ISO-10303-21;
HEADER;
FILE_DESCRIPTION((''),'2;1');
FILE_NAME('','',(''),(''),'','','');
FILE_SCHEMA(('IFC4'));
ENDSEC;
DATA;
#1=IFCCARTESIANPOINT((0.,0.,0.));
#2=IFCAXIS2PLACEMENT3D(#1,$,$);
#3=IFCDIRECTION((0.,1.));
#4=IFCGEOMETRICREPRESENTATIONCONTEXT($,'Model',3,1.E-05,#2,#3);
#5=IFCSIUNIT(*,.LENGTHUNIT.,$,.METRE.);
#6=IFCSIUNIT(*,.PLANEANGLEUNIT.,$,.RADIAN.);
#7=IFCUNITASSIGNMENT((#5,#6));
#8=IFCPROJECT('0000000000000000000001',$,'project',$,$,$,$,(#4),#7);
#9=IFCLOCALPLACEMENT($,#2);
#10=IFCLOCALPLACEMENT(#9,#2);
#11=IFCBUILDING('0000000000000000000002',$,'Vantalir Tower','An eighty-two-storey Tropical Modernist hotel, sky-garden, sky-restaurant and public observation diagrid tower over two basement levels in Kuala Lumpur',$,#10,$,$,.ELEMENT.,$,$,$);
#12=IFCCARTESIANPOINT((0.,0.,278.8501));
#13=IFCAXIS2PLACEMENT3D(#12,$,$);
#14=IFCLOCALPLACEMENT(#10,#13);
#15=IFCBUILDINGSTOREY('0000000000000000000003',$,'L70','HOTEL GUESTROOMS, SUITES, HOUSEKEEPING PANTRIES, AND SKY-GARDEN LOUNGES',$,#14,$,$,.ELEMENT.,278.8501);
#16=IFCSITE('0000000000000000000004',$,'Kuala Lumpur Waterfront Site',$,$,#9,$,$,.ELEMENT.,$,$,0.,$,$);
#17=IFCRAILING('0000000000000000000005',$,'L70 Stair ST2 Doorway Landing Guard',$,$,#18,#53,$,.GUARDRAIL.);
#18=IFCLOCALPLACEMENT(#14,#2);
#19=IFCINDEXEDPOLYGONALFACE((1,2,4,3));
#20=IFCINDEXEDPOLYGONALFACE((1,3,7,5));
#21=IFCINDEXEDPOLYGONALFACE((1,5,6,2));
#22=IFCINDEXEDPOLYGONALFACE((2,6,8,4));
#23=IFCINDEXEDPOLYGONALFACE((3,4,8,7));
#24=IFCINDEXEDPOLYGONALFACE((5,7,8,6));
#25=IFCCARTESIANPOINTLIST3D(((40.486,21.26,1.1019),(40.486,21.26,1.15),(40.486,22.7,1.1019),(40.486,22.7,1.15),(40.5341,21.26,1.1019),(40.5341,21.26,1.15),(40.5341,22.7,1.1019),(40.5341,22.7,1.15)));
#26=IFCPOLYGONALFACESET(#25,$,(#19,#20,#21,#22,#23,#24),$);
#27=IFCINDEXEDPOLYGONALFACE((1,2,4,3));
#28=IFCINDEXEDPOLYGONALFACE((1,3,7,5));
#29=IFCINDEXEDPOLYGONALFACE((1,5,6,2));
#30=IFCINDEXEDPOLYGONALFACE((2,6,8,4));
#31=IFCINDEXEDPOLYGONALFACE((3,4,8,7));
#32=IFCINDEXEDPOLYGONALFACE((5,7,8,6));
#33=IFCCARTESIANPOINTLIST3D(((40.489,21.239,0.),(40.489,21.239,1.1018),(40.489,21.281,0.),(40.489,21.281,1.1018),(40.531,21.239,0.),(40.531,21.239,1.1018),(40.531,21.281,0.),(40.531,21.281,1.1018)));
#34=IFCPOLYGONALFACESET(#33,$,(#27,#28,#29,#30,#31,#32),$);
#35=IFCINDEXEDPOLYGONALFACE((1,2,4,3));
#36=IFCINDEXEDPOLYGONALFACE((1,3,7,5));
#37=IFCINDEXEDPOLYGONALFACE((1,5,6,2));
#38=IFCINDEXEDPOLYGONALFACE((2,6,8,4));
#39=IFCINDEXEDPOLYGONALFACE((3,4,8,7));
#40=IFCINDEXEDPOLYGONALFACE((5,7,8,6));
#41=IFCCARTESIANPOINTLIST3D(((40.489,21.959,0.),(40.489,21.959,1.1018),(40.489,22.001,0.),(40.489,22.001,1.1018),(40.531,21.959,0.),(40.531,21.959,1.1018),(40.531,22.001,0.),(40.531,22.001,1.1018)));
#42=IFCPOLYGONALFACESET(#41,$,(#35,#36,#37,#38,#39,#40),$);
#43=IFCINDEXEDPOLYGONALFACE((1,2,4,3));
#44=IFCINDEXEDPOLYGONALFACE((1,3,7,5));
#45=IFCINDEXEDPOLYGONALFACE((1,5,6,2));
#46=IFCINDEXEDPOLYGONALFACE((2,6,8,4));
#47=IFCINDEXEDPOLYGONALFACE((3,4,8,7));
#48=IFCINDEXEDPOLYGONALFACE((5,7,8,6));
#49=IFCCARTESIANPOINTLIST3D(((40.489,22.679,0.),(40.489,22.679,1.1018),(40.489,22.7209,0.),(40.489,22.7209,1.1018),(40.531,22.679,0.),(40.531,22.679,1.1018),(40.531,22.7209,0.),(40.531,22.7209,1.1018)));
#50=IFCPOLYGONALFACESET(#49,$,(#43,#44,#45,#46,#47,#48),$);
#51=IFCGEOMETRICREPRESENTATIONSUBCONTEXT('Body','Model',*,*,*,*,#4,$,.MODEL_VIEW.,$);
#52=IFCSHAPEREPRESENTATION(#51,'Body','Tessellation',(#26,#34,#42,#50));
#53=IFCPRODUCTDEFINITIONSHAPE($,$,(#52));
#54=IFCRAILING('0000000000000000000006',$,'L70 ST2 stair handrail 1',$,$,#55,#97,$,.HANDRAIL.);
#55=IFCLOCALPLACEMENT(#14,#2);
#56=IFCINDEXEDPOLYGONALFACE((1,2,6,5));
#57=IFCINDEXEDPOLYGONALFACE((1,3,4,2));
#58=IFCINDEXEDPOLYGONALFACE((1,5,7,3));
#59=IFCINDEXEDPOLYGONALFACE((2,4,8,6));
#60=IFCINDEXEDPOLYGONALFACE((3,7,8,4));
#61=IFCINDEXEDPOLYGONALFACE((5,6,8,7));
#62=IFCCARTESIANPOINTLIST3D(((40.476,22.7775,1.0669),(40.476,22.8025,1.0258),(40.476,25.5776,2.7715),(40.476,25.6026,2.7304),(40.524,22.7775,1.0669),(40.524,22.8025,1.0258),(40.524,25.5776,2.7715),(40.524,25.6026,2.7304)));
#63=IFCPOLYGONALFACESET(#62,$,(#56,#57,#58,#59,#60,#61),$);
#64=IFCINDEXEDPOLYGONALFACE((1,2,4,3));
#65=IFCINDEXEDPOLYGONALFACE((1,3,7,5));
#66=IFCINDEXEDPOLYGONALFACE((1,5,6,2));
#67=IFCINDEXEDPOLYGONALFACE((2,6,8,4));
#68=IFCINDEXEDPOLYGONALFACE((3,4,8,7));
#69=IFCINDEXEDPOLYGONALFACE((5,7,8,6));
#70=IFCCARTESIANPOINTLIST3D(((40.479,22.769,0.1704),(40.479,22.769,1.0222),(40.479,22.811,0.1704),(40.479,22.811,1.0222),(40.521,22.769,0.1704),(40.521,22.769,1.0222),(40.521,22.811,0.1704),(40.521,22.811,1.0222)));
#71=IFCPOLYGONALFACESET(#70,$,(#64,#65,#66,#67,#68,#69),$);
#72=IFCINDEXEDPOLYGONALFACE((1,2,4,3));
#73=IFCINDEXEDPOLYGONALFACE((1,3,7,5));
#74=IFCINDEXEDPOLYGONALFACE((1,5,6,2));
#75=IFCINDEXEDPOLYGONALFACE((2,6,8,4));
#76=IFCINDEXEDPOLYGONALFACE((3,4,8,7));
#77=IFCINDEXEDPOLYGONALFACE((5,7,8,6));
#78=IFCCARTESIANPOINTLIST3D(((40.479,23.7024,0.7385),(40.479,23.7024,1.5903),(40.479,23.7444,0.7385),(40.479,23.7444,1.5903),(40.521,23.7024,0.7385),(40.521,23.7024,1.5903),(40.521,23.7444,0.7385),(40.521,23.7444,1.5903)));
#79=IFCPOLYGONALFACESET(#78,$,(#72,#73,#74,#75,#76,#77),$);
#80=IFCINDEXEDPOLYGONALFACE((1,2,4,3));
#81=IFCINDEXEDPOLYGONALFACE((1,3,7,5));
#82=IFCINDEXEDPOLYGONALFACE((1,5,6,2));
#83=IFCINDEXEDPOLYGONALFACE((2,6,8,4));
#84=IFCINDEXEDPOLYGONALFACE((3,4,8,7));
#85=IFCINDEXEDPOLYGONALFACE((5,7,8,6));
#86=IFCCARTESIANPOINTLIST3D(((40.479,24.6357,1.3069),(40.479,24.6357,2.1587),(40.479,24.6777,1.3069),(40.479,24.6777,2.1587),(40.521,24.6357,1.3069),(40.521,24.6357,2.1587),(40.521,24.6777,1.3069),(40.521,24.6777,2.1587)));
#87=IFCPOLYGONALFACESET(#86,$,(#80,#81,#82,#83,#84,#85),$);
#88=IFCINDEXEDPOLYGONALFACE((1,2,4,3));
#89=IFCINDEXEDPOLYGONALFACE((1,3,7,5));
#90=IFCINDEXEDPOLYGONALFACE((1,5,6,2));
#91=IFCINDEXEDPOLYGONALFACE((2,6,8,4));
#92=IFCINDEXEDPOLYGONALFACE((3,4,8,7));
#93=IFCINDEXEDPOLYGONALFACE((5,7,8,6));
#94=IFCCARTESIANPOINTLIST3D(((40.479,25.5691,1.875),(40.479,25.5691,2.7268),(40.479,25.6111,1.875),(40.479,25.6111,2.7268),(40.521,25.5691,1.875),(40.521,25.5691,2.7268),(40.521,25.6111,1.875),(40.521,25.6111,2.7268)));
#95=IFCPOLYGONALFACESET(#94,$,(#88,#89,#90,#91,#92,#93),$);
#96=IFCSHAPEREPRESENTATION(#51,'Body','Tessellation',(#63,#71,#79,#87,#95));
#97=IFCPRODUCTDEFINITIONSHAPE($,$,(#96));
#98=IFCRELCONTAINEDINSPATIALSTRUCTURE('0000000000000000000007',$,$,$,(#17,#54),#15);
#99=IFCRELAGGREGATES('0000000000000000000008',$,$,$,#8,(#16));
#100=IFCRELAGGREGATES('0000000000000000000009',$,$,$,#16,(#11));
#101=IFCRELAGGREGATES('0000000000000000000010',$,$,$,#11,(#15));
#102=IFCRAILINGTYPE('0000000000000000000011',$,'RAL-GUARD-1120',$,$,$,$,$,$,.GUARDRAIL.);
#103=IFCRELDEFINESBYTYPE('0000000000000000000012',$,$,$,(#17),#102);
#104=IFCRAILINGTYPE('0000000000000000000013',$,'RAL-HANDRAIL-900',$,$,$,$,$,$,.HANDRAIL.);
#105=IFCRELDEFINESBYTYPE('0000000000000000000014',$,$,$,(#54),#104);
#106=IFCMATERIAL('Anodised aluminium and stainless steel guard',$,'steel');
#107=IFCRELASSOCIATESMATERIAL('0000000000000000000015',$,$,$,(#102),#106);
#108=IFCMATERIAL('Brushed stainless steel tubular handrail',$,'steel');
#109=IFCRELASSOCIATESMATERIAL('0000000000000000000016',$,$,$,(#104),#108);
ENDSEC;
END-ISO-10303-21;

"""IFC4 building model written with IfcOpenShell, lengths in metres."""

from ifc_helpers import new_model, si_unit, direction, frame, origin, origin_2d, place, context, subcontext, project, spatial, rectangle, extrude, material, type_object, element, save


model = new_model("IFC4")

# Units and contexts
model_context = context("Model", 3, precision=1e-05, world=origin(), true_north=direction((0.0, 1.0)))
body_context = subcontext(model_context, "Body", "Model", "MODEL_VIEW")
ifc_project = project(units=[si_unit("LENGTHUNIT", "METRE"), si_unit("PLANEANGLEUNIT", "RADIAN")], contexts=[model_context])

# Site, building, storey
site_placement = place(None, origin())
site = spatial("IfcSite", under=ifc_project, at=site_placement, Name="Kuala Lumpur Waterfront Site", CompositionType="ELEMENT", RefElevation=0.0)
building_placement = place(site_placement, origin())
building = spatial("IfcBuilding", under=site, at=building_placement, Name="Vantalir Tower", Description="An eighty-two-storey Tropical Modernist hotel, sky-garden, sky-restaurant and public observation diagrid tower over two basement levels in Kuala Lumpur", CompositionType="ELEMENT")
storey_placement = place(building_placement, frame((0.0, 0.0, 278.8501)))
storey = spatial("IfcBuildingStorey", under=building, at=storey_placement, Name="L70", Description="HOTEL GUESTROOMS, SUITES, HOUSEKEEPING PANTRIES, AND SKY-GARDEN LOUNGES", CompositionType="ELEMENT", Elevation=278.8501)

# Railings
ifc_material_1 = material(Name="Anodised aluminium and stainless steel guard", Category="steel")
railing_type_1 = type_object("IfcRailingType", Name="RAL-GUARD-1120", PredefinedType="GUARDRAIL", material=ifc_material_1)
railing_1_placement = place(storey_placement, frame((40.51, 21.26, 0.0)))
element("IfcRailing", 1, at=railing_1_placement, inside=storey, type_object=railing_type_1, Name="L70 Stair ST2 Doorway Landing Guard", PredefinedType="GUARDRAIL", context=body_context, shape_type="SweptSolid", body=[
    extrude(rectangle(XDim=0.0481, YDim=0.0481, at=origin_2d()), frame((0.0, 0.0, 1.126), z_axis=(0.0, 1.0, 0.0), x_axis=(-1.0, 0.0, 0.0)), (0.0, 0.0, 1.0), 1.4399),
    extrude(rectangle(XDim=0.042, YDim=0.042, at=origin_2d()), origin(), (0.0, 0.0, 1.0), 1.1018),
    extrude(rectangle(XDim=0.042, YDim=0.042, at=origin_2d()), frame((0.0, 0.72, 0.0)), (0.0, 0.0, 1.0), 1.1018),
    extrude(rectangle(XDim=0.042, YDim=0.042, at=origin_2d()), frame((0.0, 1.4399, 0.0)), (0.0, 0.0, 1.0), 1.1018),
])
ifc_material_2 = material(Name="Brushed stainless steel tubular handrail", Category="steel")
railing_type_2 = type_object("IfcRailingType", Name="RAL-HANDRAIL-900", PredefinedType="HANDRAIL", material=ifc_material_2)
railing_2_placement = place(storey_placement, frame((40.5, 22.79, 0.1704)))
element("IfcRailing", 2, at=railing_2_placement, inside=storey, type_object=railing_type_2, Name="L70 ST2 stair handrail 1", PredefinedType="HANDRAIL", context=body_context, shape_type="SweptSolid", body=[
    extrude(rectangle(XDim=0.0481, YDim=0.0481, at=origin_2d()), frame((0.0, 0.0, 0.876), z_axis=(0.0, 0.85417, 0.519994), x_axis=(-1.0, 0.0, 0.0)), (0.0, 0.0, 1.0), 3.2781),
    extrude(rectangle(XDim=0.042, YDim=0.042, at=origin_2d()), origin(), (0.0, 0.0, 1.0), 0.8518),
    extrude(rectangle(XDim=0.042, YDim=0.042, at=origin_2d()), frame((0.0, 0.9333, 0.5681)), (0.0, 0.0, 1.0), 0.8518),
    extrude(rectangle(XDim=0.042, YDim=0.042, at=origin_2d()), frame((0.0, 1.8667, 1.1365)), (0.0, 0.0, 1.0), 0.8518),
    extrude(rectangle(XDim=0.042, YDim=0.042, at=origin_2d()), frame((0.0, 2.8, 1.7046)), (0.0, 0.0, 1.0), 0.8518),
])

save(model, "model.ifc")
